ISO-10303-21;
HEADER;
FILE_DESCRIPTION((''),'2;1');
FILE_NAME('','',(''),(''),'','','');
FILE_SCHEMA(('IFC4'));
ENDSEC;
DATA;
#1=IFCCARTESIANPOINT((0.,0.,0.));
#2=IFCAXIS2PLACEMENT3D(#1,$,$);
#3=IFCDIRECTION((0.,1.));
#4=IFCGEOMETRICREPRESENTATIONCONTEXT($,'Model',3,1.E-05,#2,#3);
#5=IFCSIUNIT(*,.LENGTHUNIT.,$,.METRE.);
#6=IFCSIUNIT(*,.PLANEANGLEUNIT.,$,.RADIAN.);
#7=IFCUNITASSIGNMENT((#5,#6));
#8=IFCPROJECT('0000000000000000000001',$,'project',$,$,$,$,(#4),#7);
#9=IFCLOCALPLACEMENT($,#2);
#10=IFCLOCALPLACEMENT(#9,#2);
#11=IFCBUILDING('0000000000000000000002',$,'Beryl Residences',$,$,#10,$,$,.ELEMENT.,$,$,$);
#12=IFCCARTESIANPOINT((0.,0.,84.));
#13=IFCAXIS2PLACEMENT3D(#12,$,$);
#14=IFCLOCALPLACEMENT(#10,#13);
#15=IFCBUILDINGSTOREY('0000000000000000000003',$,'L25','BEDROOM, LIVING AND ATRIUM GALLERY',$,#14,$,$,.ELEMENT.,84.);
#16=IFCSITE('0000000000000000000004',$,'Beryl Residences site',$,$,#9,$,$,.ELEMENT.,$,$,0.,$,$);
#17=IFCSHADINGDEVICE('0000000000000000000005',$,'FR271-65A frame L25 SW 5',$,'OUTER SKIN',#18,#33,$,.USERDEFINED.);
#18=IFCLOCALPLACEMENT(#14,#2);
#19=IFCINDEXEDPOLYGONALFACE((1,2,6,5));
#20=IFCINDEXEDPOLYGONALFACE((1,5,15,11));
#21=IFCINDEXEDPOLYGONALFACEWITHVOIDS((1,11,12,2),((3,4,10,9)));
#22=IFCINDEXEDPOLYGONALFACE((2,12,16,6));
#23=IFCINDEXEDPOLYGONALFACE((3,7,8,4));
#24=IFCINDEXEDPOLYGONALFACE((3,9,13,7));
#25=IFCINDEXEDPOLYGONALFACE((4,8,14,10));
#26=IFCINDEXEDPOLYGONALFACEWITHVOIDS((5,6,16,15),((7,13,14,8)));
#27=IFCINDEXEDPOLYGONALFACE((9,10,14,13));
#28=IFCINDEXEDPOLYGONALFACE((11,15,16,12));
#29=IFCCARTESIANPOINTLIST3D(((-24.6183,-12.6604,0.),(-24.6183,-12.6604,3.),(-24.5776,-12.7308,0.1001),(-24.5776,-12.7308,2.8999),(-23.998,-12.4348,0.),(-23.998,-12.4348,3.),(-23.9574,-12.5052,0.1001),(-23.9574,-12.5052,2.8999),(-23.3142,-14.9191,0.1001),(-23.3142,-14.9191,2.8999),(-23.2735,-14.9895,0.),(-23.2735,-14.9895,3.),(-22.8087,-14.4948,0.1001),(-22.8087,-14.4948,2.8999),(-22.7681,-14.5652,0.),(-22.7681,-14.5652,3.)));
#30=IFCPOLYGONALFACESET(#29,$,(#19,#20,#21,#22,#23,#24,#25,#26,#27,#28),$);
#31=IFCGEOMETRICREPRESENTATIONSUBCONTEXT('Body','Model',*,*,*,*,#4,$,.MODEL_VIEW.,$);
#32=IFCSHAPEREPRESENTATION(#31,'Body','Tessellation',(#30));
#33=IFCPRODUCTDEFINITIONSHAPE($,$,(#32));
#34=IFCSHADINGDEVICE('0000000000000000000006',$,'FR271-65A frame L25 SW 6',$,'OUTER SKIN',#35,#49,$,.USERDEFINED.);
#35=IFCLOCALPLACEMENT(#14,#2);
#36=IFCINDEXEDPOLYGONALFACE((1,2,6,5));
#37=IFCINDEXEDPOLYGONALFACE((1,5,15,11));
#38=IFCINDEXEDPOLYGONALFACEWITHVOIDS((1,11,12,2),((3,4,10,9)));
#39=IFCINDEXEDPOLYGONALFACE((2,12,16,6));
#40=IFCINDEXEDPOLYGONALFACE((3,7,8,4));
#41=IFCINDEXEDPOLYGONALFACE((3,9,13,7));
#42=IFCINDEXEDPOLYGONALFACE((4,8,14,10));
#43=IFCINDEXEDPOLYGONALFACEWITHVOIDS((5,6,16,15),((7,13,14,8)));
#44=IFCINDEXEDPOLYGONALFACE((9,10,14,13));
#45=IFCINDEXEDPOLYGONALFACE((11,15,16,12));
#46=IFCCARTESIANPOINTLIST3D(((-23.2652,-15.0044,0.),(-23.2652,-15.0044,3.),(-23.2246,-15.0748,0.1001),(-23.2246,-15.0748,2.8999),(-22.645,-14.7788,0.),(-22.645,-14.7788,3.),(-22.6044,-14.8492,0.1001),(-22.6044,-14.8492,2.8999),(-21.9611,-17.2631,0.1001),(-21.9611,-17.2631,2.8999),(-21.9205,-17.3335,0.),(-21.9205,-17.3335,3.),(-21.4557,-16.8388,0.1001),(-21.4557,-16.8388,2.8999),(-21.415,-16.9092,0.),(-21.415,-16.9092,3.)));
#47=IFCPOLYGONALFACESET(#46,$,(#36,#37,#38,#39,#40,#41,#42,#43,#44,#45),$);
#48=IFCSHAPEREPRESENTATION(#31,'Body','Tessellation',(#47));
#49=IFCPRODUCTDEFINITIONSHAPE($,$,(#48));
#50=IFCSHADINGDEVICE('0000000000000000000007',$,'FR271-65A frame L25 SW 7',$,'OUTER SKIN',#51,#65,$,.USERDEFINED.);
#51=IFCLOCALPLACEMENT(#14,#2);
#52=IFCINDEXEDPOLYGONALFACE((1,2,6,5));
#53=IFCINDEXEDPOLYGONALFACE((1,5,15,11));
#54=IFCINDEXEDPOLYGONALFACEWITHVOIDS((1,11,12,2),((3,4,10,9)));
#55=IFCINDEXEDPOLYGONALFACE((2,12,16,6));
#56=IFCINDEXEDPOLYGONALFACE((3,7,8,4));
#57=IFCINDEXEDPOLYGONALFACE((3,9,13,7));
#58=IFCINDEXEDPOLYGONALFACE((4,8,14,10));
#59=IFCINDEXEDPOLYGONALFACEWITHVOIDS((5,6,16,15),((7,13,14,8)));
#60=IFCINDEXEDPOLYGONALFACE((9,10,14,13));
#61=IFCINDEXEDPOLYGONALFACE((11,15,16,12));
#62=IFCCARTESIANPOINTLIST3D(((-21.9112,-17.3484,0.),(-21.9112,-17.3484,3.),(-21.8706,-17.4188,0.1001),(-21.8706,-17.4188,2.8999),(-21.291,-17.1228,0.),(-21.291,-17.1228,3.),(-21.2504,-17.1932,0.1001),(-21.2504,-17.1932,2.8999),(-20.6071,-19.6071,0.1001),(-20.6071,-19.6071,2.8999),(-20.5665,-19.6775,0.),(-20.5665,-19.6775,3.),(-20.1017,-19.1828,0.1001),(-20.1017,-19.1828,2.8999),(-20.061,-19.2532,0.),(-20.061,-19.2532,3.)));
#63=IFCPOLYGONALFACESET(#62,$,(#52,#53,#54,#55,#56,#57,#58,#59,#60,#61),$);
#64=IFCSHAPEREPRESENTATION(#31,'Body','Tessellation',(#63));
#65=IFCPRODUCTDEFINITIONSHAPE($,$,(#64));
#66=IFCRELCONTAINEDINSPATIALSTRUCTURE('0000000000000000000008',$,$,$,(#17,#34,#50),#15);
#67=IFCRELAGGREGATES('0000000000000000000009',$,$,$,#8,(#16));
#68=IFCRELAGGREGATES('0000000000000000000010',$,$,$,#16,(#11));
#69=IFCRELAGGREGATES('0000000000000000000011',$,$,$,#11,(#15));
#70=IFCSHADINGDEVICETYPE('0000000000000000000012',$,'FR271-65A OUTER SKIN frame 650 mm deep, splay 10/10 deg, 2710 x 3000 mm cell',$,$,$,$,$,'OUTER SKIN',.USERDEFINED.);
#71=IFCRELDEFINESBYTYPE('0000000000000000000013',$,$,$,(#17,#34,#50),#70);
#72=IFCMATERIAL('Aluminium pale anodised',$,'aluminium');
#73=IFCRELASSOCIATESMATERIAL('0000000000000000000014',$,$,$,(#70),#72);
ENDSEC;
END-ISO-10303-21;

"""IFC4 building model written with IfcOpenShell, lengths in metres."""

from ifc_helpers import new_model, entity, si_unit, direction, frame, origin, place, context, subcontext, project, spatial, source, transform, mapped, material, type_object, type_shapes, element, save


model = new_model("IFC4")

# Units and contexts
model_context = context("Model", 3, precision=1e-05, world=origin(), true_north=direction((0.0, 1.0)))
body_context = subcontext(model_context, "Body", "Model", "MODEL_VIEW")
ifc_project = project(units=[si_unit("LENGTHUNIT", "METRE"), si_unit("PLANEANGLEUNIT", "RADIAN")], contexts=[model_context])

# Site, building, storey
site_placement = place(None, origin())
site = spatial("IfcSite", under=ifc_project, at=site_placement, Name="Beryl Residences site", CompositionType="ELEMENT", RefElevation=0.0)
building_placement = place(site_placement, origin())
building = spatial("IfcBuilding", under=site, at=building_placement, Name="Beryl Residences", CompositionType="ELEMENT")
storey_placement = place(building_placement, frame((0.0, 0.0, 84.0)))
storey = spatial("IfcBuildingStorey", under=building, at=storey_placement, Name="L25", Description="BEDROOM, LIVING AND ATRIUM GALLERY", CompositionType="ELEMENT", Elevation=84.0)

# Shading devices
ifc_material_1 = material(Name="Aluminium pale anodised", Category="aluminium")
shading_device_type = type_object("IfcShadingDeviceType", Name="FR271-65A OUTER SKIN frame 650 mm deep, splay 10/10 deg, 2710 x 3000 mm cell", ElementType="OUTER SKIN", PredefinedType="USERDEFINED", material=ifc_material_1)
cartesian_point_1 = entity("IfcCartesianPoint", [-1.23, 0.0])
cartesian_point_2 = entity("IfcCartesianPoint", [-1.1487, 0.1001])
cartesian_point_3 = entity("IfcCartesianPoint", [-1.3447, 0.0])
cartesian_point_4 = entity("IfcCartesianPoint", [-1.2634, 0.1001])
shared_shape = source(origin(), body_context, "Body", "SweptSolid", [
    entity("IfcExtrudedAreaSolidTapered", entity("IfcArbitraryProfileDefWithVoids", "AREA", None, entity("IfcPolyline", [cartesian_point_1, entity("IfcCartesianPoint", [1.23, 0.0]), entity("IfcCartesianPoint", [1.23, 3.0]), entity("IfcCartesianPoint", [-1.23, 3.0]), cartesian_point_1]), [entity("IfcPolyline", [cartesian_point_2, entity("IfcCartesianPoint", [1.1487, 0.1001]), entity("IfcCartesianPoint", [1.1487, 2.8999]), entity("IfcCartesianPoint", [-1.1487, 2.8999]), cartesian_point_2])]), entity("IfcAxis2Placement3D", entity("IfcCartesianPoint", [0.0, 0.0, 0.0]), entity("IfcDirection", [0.0, 1.0, 0.0]), entity("IfcDirection", [-1.0, 0.0, 0.0])), entity("IfcDirection", [0.0, 0.0, 1.0]), 0.6499, entity("IfcArbitraryProfileDefWithVoids", "AREA", None, entity("IfcPolyline", [cartesian_point_3, entity("IfcCartesianPoint", [1.3447, 0.0]), entity("IfcCartesianPoint", [1.3447, 3.0]), entity("IfcCartesianPoint", [-1.3447, 3.0]), cartesian_point_3]), [entity("IfcPolyline", [cartesian_point_4, entity("IfcCartesianPoint", [1.2634, 0.1001]), entity("IfcCartesianPoint", [1.2634, 2.8999]), entity("IfcCartesianPoint", [-1.2634, 2.8999]), cartesian_point_4])])),
])
type_shapes(shading_device_type, [shared_shape])
for number, where, z_axis, x_axis, name in (
    (1, (-23.3831, -13.5, 0.0), (0.0, 0.0, 1.0), (-0.5, 0.866025, 0.0), "FR271-65A frame L25 SW 5"),
    (2, (-22.03, -15.844, 0.0), (0.0, 0.0, 1.0), (-0.5, 0.866025, 0.0), "FR271-65A frame L25 SW 6"),
    (3, (-20.676, -18.188, 0.0), (0.0, 0.0, 1.0), (-0.5, 0.866025, 0.0), "FR271-65A frame L25 SW 7"),
):
    element("IfcShadingDevice", number, at=place(storey_placement, frame(where, z_axis=z_axis, x_axis=x_axis)), inside=storey, type_object=shading_device_type, Name=name, ObjectType="OUTER SKIN", PredefinedType="USERDEFINED", context=body_context, shape_type="MappedRepresentation", body=[
        mapped(shared_shape, transform((0.0, 0.0, 0.0))),
    ])

save(model, "model.ifc")
